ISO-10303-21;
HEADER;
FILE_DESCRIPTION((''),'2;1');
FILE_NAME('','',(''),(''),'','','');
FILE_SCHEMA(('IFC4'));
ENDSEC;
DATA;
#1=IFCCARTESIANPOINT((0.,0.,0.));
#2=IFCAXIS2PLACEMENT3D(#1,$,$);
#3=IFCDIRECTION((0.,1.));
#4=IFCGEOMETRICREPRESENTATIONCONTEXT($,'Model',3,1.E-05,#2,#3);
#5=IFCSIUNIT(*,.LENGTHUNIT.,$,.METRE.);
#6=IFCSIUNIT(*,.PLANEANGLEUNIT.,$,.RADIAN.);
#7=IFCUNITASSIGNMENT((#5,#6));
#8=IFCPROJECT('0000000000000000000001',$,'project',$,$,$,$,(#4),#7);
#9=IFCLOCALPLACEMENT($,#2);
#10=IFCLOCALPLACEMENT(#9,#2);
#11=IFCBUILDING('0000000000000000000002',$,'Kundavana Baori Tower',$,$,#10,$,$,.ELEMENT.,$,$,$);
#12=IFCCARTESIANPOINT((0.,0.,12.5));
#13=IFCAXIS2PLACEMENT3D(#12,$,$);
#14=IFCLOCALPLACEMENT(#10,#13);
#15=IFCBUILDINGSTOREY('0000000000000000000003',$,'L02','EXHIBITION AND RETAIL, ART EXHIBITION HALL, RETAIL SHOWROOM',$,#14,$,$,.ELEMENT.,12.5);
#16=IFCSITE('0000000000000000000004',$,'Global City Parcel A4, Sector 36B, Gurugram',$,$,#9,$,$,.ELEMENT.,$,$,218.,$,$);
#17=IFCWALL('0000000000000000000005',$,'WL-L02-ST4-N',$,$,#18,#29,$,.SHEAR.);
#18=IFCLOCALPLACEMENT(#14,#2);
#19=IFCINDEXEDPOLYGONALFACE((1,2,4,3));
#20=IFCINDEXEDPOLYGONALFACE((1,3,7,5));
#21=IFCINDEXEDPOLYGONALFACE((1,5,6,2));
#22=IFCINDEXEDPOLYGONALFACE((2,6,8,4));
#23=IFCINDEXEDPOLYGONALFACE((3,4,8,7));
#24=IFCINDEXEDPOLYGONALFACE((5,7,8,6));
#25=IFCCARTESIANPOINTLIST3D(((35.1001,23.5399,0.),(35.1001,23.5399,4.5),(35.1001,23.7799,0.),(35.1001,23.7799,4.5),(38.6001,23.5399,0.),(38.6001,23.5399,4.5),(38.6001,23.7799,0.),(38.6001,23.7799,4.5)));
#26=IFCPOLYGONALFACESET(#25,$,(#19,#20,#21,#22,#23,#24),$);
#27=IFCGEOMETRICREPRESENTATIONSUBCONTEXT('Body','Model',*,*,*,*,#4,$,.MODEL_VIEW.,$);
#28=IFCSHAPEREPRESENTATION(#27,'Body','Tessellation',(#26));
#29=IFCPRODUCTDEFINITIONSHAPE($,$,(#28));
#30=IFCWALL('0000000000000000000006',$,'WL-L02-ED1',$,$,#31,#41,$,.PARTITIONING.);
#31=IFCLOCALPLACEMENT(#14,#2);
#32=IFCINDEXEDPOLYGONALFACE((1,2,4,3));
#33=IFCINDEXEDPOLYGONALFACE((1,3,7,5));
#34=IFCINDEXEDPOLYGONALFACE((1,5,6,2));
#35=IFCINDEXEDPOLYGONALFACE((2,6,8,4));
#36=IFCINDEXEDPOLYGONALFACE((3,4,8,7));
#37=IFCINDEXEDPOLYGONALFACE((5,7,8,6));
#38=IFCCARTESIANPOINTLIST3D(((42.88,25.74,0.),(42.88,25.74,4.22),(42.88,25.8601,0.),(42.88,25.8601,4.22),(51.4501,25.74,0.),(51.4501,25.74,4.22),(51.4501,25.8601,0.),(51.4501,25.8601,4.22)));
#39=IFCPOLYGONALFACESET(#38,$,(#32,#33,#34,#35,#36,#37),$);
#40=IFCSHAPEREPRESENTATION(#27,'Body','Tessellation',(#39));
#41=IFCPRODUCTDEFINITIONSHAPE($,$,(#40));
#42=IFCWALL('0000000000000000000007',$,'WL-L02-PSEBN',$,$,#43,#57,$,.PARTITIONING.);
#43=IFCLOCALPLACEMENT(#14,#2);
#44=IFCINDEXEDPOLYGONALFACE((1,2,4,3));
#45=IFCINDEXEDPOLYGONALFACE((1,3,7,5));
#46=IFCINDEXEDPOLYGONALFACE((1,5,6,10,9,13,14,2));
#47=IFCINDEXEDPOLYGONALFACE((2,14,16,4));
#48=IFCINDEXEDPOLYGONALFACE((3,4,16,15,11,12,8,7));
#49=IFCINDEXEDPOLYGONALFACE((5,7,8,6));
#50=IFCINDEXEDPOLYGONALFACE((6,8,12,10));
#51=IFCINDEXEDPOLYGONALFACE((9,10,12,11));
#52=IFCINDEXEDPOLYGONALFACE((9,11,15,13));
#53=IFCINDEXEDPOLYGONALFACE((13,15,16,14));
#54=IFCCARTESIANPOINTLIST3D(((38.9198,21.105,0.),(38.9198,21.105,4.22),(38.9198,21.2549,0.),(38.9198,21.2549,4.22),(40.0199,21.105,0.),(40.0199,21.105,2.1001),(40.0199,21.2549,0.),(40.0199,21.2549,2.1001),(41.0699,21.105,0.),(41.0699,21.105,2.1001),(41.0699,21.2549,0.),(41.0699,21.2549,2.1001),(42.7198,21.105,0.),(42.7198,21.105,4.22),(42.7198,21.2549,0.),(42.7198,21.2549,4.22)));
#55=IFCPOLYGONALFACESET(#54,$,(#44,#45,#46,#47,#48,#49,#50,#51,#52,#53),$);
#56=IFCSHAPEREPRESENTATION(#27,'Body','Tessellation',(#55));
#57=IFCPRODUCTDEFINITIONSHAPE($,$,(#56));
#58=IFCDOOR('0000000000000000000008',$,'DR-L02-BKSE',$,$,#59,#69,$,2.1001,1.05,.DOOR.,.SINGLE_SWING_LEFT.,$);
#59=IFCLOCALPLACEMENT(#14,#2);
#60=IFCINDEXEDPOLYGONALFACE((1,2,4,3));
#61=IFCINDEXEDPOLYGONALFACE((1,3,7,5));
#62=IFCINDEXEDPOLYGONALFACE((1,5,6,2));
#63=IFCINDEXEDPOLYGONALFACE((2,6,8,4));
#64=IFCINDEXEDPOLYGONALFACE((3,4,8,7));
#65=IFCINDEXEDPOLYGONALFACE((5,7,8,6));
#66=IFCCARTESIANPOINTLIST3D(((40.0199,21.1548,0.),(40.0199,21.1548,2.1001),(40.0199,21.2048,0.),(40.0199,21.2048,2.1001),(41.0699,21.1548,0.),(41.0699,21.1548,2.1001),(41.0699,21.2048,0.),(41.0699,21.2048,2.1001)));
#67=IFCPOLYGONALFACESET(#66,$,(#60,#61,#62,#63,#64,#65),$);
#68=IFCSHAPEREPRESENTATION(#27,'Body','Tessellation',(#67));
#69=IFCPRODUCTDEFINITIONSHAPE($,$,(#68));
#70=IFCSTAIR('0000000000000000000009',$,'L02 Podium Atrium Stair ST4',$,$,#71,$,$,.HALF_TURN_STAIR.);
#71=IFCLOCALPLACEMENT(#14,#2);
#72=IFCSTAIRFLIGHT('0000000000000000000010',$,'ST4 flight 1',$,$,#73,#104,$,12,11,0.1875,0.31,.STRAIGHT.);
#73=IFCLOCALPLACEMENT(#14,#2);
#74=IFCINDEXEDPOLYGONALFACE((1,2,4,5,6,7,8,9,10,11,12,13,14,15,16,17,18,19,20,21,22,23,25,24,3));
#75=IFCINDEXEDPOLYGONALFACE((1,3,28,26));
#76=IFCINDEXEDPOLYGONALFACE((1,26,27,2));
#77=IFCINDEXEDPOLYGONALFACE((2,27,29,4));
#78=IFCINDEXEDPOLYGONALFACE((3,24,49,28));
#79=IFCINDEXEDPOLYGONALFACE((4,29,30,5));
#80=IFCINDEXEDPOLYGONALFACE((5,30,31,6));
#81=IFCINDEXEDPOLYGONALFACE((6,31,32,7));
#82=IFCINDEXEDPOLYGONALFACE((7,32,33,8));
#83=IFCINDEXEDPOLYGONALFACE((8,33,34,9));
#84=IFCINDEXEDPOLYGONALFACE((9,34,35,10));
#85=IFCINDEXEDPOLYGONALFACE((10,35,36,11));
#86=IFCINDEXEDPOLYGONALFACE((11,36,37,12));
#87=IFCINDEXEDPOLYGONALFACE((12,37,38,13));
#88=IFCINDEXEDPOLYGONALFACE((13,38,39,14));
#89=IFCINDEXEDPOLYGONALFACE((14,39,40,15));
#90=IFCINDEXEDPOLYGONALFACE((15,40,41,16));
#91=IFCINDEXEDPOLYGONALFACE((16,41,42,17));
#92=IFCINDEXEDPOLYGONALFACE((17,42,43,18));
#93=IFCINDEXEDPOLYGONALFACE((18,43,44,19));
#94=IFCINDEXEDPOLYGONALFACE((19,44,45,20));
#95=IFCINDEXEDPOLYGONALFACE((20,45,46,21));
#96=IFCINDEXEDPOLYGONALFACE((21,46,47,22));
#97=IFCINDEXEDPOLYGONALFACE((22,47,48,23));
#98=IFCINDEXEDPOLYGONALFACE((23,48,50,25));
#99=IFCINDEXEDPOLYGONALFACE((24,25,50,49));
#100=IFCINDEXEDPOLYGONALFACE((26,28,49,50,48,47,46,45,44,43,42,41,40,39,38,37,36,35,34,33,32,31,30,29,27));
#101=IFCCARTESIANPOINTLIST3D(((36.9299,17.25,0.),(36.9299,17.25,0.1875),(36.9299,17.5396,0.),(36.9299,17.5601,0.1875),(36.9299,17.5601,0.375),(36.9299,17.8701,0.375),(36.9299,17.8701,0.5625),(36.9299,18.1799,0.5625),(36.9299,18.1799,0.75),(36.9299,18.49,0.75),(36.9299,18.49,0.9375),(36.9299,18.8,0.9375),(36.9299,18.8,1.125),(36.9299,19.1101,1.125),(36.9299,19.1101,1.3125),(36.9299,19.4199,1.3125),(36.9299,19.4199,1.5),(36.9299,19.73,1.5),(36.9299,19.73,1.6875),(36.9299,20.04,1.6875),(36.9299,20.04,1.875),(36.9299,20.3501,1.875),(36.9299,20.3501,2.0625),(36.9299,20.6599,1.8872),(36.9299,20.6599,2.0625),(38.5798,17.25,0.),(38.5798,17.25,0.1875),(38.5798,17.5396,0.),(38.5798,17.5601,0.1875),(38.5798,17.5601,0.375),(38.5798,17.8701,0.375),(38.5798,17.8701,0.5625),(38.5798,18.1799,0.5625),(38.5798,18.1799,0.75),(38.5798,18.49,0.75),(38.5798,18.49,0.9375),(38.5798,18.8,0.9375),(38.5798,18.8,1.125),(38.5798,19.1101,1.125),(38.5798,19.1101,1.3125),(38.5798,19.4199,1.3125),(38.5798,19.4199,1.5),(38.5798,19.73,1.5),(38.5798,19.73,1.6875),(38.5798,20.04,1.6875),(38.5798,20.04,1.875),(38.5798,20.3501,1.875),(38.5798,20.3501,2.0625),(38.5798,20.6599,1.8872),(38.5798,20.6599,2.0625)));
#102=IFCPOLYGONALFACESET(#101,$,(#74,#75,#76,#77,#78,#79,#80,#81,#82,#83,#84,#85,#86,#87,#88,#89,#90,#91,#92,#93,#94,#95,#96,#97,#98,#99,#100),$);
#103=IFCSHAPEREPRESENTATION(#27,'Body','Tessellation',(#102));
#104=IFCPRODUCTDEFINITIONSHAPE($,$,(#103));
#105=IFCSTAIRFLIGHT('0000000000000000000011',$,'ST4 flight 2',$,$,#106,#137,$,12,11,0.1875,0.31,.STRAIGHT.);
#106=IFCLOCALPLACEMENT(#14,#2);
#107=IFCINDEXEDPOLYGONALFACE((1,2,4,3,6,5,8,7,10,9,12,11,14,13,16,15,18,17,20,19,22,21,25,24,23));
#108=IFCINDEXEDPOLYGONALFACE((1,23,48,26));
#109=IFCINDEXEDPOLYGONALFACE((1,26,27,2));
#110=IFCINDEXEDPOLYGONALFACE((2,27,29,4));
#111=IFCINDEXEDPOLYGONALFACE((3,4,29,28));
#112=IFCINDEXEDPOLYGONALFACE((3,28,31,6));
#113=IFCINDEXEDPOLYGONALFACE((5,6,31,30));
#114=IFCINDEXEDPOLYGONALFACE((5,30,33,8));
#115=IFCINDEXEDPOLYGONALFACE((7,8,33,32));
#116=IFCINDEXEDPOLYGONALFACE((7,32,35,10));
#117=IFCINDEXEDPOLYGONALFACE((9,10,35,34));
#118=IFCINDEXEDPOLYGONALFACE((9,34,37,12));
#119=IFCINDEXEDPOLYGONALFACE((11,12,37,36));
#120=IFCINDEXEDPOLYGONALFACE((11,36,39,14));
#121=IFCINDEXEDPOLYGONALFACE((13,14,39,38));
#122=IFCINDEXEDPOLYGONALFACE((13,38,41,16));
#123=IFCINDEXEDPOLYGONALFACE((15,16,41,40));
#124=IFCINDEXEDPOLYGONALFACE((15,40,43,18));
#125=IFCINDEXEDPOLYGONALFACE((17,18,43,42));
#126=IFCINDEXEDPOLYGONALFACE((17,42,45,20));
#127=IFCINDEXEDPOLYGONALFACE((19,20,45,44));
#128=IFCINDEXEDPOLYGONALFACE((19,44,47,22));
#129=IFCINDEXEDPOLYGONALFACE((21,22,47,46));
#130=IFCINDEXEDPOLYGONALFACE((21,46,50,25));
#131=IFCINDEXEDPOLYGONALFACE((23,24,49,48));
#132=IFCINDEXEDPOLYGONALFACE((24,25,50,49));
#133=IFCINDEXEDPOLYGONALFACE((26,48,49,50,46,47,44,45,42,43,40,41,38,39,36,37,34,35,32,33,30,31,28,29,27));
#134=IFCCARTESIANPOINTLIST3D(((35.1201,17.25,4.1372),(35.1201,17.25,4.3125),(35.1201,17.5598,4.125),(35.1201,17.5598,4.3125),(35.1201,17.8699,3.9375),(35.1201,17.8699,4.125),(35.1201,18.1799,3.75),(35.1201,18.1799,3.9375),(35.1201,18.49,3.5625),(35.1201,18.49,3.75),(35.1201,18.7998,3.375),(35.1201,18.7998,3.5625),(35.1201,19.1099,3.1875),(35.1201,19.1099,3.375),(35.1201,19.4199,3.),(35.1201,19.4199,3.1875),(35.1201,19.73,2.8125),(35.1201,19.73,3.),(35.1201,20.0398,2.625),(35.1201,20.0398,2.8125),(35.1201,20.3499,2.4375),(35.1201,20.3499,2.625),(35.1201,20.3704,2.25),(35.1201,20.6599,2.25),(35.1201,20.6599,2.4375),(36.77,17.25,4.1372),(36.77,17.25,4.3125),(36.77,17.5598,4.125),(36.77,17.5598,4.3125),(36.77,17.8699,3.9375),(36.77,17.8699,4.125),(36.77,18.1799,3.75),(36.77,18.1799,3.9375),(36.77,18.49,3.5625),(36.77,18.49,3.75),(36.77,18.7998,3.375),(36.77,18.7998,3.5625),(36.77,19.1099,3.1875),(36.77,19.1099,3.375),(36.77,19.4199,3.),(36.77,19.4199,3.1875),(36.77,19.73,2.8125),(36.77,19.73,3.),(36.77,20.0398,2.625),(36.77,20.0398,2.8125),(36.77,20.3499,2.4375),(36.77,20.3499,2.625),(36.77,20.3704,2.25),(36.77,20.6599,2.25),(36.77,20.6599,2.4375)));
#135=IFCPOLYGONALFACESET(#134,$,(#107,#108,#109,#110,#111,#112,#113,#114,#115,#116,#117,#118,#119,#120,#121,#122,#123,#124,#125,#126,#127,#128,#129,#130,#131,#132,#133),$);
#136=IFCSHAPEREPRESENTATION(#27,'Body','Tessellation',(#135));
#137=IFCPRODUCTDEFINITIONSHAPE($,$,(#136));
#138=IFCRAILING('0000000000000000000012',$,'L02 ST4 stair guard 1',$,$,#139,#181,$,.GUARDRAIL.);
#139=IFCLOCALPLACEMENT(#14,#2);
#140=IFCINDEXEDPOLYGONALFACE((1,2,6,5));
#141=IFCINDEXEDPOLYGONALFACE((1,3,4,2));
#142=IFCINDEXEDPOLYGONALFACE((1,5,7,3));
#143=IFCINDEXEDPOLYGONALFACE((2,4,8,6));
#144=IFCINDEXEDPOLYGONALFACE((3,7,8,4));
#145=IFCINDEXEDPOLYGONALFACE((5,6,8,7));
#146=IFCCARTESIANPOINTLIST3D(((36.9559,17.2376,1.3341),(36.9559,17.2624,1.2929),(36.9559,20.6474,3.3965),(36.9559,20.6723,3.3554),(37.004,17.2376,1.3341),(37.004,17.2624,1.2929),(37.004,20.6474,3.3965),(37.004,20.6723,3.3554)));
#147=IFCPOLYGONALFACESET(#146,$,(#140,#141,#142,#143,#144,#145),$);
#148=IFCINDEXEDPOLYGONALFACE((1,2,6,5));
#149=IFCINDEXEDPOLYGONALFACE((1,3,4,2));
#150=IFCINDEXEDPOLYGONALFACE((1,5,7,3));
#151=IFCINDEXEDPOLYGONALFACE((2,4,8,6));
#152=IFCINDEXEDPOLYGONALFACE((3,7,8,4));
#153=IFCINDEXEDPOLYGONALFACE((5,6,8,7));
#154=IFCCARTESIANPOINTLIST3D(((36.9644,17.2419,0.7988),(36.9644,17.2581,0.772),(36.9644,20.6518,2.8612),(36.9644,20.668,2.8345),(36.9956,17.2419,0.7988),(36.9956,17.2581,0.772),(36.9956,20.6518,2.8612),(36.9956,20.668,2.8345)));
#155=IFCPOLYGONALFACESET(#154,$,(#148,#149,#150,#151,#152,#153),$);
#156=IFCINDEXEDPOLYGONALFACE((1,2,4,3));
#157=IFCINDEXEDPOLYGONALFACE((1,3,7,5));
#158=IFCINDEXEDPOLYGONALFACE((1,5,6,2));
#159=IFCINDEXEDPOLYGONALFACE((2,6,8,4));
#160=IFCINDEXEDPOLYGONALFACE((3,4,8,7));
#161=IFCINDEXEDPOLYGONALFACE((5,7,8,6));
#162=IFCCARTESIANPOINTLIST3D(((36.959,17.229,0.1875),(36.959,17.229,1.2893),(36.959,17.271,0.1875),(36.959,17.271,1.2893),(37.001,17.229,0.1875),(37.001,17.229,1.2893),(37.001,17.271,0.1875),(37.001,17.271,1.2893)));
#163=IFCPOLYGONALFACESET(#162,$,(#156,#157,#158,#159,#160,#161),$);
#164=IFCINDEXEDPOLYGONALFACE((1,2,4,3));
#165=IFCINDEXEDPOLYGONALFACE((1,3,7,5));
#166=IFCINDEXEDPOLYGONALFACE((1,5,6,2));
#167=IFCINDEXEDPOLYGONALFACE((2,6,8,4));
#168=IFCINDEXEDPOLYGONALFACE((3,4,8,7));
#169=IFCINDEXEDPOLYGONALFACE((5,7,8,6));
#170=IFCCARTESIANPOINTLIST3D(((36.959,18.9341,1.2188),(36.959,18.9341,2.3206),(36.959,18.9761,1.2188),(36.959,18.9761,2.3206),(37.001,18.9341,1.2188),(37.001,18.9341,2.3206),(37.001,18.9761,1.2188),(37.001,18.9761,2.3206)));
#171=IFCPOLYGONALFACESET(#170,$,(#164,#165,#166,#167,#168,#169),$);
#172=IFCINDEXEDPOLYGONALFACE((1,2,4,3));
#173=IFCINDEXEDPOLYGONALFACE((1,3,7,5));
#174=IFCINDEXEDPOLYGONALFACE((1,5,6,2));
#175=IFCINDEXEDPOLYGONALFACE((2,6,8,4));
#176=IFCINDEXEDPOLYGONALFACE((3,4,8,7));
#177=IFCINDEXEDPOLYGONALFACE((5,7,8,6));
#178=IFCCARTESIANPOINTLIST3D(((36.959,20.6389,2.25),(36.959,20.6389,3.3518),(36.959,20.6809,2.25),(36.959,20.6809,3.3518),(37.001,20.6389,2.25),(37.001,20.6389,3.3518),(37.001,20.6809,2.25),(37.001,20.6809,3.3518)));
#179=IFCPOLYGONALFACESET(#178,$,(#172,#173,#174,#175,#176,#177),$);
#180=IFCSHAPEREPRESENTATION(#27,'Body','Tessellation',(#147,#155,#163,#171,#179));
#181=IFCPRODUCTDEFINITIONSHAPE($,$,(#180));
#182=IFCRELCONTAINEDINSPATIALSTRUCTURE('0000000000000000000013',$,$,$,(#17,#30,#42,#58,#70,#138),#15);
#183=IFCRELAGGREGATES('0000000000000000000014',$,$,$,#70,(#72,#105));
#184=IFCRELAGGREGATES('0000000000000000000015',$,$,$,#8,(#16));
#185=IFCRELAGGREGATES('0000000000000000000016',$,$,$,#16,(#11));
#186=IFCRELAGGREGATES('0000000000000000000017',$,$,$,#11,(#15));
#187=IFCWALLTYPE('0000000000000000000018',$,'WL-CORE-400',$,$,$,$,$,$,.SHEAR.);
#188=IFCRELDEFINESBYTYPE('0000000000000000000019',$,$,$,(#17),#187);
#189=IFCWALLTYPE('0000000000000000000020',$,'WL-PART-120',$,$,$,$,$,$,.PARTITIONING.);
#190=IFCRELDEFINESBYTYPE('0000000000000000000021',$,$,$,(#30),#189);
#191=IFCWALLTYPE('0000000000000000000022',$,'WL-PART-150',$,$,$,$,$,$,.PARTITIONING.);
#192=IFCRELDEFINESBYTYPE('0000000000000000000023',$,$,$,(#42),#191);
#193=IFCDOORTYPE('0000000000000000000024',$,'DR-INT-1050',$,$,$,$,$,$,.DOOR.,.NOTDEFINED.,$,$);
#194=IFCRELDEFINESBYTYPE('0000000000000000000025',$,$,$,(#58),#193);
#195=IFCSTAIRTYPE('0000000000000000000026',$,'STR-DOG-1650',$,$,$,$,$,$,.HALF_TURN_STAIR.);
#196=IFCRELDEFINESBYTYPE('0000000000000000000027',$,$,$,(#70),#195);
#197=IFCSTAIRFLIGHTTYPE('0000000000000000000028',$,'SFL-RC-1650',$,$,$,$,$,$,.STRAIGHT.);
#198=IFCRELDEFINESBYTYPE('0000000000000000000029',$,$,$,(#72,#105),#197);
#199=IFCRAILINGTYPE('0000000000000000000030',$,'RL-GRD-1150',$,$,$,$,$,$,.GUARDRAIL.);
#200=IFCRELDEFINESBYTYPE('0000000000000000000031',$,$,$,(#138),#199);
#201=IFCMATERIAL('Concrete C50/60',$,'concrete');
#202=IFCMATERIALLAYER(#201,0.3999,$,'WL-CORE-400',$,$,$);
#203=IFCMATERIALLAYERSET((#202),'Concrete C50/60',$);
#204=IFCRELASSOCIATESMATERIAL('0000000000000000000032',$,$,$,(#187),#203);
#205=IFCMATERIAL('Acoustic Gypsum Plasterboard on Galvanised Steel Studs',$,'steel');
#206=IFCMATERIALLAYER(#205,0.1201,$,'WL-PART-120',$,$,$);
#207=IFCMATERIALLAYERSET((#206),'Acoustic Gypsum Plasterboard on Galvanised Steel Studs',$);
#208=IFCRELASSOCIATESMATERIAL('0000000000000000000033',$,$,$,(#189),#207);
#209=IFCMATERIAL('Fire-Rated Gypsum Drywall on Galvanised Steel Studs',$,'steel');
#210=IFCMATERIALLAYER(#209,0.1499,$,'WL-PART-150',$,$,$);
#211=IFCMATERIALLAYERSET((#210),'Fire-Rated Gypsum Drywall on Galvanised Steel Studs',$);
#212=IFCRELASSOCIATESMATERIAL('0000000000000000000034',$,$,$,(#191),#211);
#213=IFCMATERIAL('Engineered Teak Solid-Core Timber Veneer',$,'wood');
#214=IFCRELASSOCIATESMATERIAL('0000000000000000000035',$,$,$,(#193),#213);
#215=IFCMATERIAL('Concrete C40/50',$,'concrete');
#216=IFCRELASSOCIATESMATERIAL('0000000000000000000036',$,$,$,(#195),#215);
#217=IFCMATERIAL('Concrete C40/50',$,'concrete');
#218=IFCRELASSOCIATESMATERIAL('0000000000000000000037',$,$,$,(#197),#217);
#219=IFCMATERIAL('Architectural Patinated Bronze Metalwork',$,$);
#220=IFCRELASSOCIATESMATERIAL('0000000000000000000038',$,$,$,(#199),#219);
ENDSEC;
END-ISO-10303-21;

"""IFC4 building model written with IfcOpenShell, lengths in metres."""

from ifc_helpers import new_model, si_unit, direction, frame, frame_2d, origin, origin_2d, place, context, subcontext, project, spatial, polyline, rectangle, outline, extrude, material, layer, layer_set, type_object, element, fill, aggregate, save


model = new_model("IFC4")

# Units and contexts
model_context = context("Model", 3, precision=1e-05, world=origin(), true_north=direction((0.0, 1.0)))
body_context = subcontext(model_context, "Body", "Model", "MODEL_VIEW")
ifc_project = project(units=[si_unit("LENGTHUNIT", "METRE"), si_unit("PLANEANGLEUNIT", "RADIAN")], contexts=[model_context])

# Site, building, storey
site_placement = place(None, origin())
site = spatial("IfcSite", under=ifc_project, at=site_placement, Name="Global City Parcel A4, Sector 36B, Gurugram", CompositionType="ELEMENT", RefElevation=218.0)
building_placement = place(site_placement, origin())
building = spatial("IfcBuilding", under=site, at=building_placement, Name="Kundavana Baori Tower", CompositionType="ELEMENT")
storey_placement = place(building_placement, frame((0.0, 0.0, 12.5)))
storey = spatial("IfcBuildingStorey", under=building, at=storey_placement, Name="L02", Description="EXHIBITION AND RETAIL, ART EXHIBITION HALL, RETAIL SHOWROOM", CompositionType="ELEMENT", Elevation=12.5)

# Walls
ifc_material_1 = material(Name="Concrete C50/60", Category="concrete")
ifc_layer_1 = layer(ifc_material_1, 0.3999, Name="WL-CORE-400")
ifc_layer_set_1 = layer_set([ifc_layer_1], Name="Concrete C50/60")
wall_type_1 = type_object("IfcWallType", Name="WL-CORE-400", PredefinedType="SHEAR", material=ifc_layer_set_1)
wall_1_placement = place(storey_placement, frame((35.1001, 23.6599, 0.0), z_axis=(0.0, 0.0, 1.0), x_axis=(1.0, 0.0, 0.0)))
element("IfcWall", 1, at=wall_1_placement, inside=storey, type_object=wall_type_1, Name="WL-L02-ST4-N", PredefinedType="SHEAR", context=body_context, shape_type="SweptSolid", body=[
    extrude(rectangle(XDim=3.5, YDim=0.24, at=frame_2d((1.75, 0.0))), origin(), (0.0, 0.0, 1.0), 4.5),
])
ifc_material_2 = material(Name="Acoustic Gypsum Plasterboard on Galvanised Steel Studs", Category="steel")
ifc_layer_2 = layer(ifc_material_2, 0.1201, Name="WL-PART-120")
ifc_layer_set_2 = layer_set([ifc_layer_2], Name="Acoustic Gypsum Plasterboard on Galvanised Steel Studs")
wall_type_2 = type_object("IfcWallType", Name="WL-PART-120", PredefinedType="PARTITIONING", material=ifc_layer_set_2)
wall_2_placement = place(storey_placement, frame((42.8799, 25.8, 0.0), z_axis=(0.0, 0.0, 1.0), x_axis=(1.0, 0.0, 0.0)))
element("IfcWall", 2, at=wall_2_placement, inside=storey, type_object=wall_type_2, Name="WL-L02-ED1", PredefinedType="PARTITIONING", context=body_context, shape_type="SweptSolid", body=[
    extrude(rectangle(XDim=8.5701, YDim=0.1201, at=frame_2d((4.2852, 0.0))), origin(), (0.0, 0.0, 1.0), 4.22),
])

# Wall, opening, door
ifc_material_3 = material(Name="Fire-Rated Gypsum Drywall on Galvanised Steel Studs", Category="steel")
ifc_layer_3 = layer(ifc_material_3, 0.1499, Name="WL-PART-150")
ifc_layer_set_3 = layer_set([ifc_layer_3], Name="Fire-Rated Gypsum Drywall on Galvanised Steel Studs")
wall_type_3 = type_object("IfcWallType", Name="WL-PART-150", PredefinedType="PARTITIONING", material=ifc_layer_set_3)
wall_3_placement = place(storey_placement, frame((38.9199, 21.1799, 0.0), z_axis=(0.0, 0.0, 1.0), x_axis=(1.0, 0.0, 0.0)))
wall_3 = element("IfcWall", 3, at=wall_3_placement, inside=storey, type_object=wall_type_3, Name="WL-L02-PSEBN", PredefinedType="PARTITIONING", context=body_context, shape_type="SweptSolid", body=[
    extrude(rectangle(XDim=3.8, YDim=0.1499, at=frame_2d((1.8999, 0.0))), origin(), (0.0, 0.0, 1.0), 4.22),
])
opening_placement = place(wall_3_placement, frame((1.1001, 0.0, 0.0)))
opening = element("IfcOpeningElement", 4, at=opening_placement, cuts=wall_3, PredefinedType="OPENING", context=body_context, shape_type="SweptSolid", body=[
    extrude(rectangle(XDim=1.05, YDim=2.1001, at=frame_2d((0.5249, 1.05))), frame((0.0, 0.085, 0.0), z_axis=(0.0, -1.0, 0.0), x_axis=(1.0, 0.0, 0.0)), (0.0, 0.0, 1.0), 0.1699),
])
ifc_material_4 = material(Name="Engineered Teak Solid-Core Timber Veneer", Category="wood")
door_type = type_object("IfcDoorType", Name="DR-INT-1050", OperationType="NOTDEFINED", PredefinedType="DOOR", material=ifc_material_4)
door_placement = place(opening_placement, origin())
door = element("IfcDoor", 5, at=door_placement, inside=storey, type_object=door_type, Name="DR-L02-BKSE", OperationType="SINGLE_SWING_LEFT", OverallHeight=2.1001, OverallWidth=1.05, PredefinedType="DOOR", context=body_context, shape_type="SweptSolid", body=[
    extrude(rectangle(XDim=1.05, YDim=2.1001, at=frame_2d((0.5249, 1.05))), frame((0.0, 0.0249, 0.0), z_axis=(0.0, -1.0, 0.0), x_axis=(1.0, 0.0, 0.0)), (0.0, 0.0, 1.0), 0.05),
])
fill(opening, door)

# Stair, stair flights
ifc_material_5 = material(Name="Concrete C40/50", Category="concrete")
stair_type = type_object("IfcStairType", Name="STR-DOG-1650", PredefinedType="HALF_TURN_STAIR", material=ifc_material_5)
stair_placement = place(storey_placement, origin())
stair = element("IfcStair", 6, at=stair_placement, inside=storey, type_object=stair_type, Name="L02 Podium Atrium Stair ST4", PredefinedType="HALF_TURN_STAIR")
ifc_material_6 = material(Name="Concrete C40/50", Category="concrete")
stair_flight_type = type_object("IfcStairFlightType", Name="SFL-RC-1650", PredefinedType="STRAIGHT", material=ifc_material_6)
stair_flight_1_placement = place(storey_placement, frame((37.7549, 17.25, 0.0), z_axis=(0.0, 0.0, 1.0), x_axis=(0.0, 1.0, 0.0)))
stair_flight_1 = element("IfcStairFlight", 7, at=stair_flight_1_placement, type_object=stair_flight_type, Name="ST4 flight 1", NumberOfRisers=12, NumberOfTreads=11, PredefinedType="STRAIGHT", RiserHeight=0.1875, TreadLength=0.31, context=body_context, shape_type="SweptSolid", body=[
    extrude(outline(polyline([(0.0, 0.0), (0.0, 0.1875), (0.3101, 0.1875), (0.3101, 0.375), (0.6201, 0.375), (0.6201, 0.5625), (0.9299, 0.5625), (0.9299, 0.75), (1.24, 0.75), (1.24, 0.9375), (1.55, 0.9375), (1.55, 1.125), (1.8601, 1.125), (1.8601, 1.3125), (2.1699, 1.3125), (2.1699, 1.5), (2.48, 1.5), (2.48, 1.6875), (2.79, 1.6875), (2.79, 1.875), (3.1001, 1.875), (3.1001, 2.0625), (3.4099, 2.0625), (3.4099, 2.25), (3.4099, 1.8872), (0.2896, 0.0), (0.0, 0.0)])), frame((0.0, 0.825, 0.0), z_axis=(0.0, -1.0, 0.0), x_axis=(1.0, 0.0, 0.0)), (0.0, 0.0, 1.0), 1.6499),
])
stair_flight_2_placement = place(storey_placement, frame((35.9451, 20.6599, 2.25), z_axis=(0.0, 0.0, 1.0), x_axis=(0.0, -1.0, 0.0)))
stair_flight_2 = element("IfcStairFlight", 8, at=stair_flight_2_placement, type_object=stair_flight_type, Name="ST4 flight 2", NumberOfRisers=12, NumberOfTreads=11, PredefinedType="STRAIGHT", RiserHeight=0.1875, TreadLength=0.31, context=body_context, shape_type="SweptSolid", body=[
    extrude(outline(polyline([(0.0, 0.0), (0.0, 0.1875), (0.3101, 0.1875), (0.3101, 0.375), (0.6201, 0.375), (0.6201, 0.5625), (0.9299, 0.5625), (0.9299, 0.75), (1.24, 0.75), (1.24, 0.9375), (1.55, 0.9375), (1.55, 1.125), (1.8601, 1.125), (1.8601, 1.3125), (2.1699, 1.3125), (2.1699, 1.5), (2.48, 1.5), (2.48, 1.6875), (2.79, 1.6875), (2.79, 1.875), (3.1001, 1.875), (3.1001, 2.0625), (3.4099, 2.0625), (3.4099, 2.25), (3.4099, 1.8872), (0.2896, 0.0), (0.0, 0.0)])), frame((0.0, 0.825, 0.0), z_axis=(0.0, -1.0, 0.0), x_axis=(1.0, 0.0, 0.0)), (0.0, 0.0, 1.0), 1.6499),
])
aggregate(stair, [stair_flight_1, stair_flight_2])

# Railing
ifc_material_7 = material(Name="Architectural Patinated Bronze Metalwork")
railing_type_1 = type_object("IfcRailingType", Name="RL-GRD-1150", PredefinedType="GUARDRAIL", material=ifc_material_7)
railing_1_placement = place(storey_placement, frame((36.98, 17.25, 0.1875)))
element("IfcRailing", 9, at=railing_1_placement, inside=storey, type_object=railing_type_1, Name="L02 ST4 stair guard 1", PredefinedType="GUARDRAIL", context=body_context, shape_type="SweptSolid", body=[
    extrude(rectangle(XDim=0.0481, YDim=0.0481, at=origin_2d()), frame((0.0, 0.0, 1.126), z_axis=(0.0, 0.855655, 0.517547), x_axis=(-1.0, 0.0, 0.0)), (0.0, 0.0, 1.0), 3.9851),
    extrude(rectangle(XDim=0.0312, YDim=0.0312, at=origin_2d()), frame((0.0, 0.0, 0.5979), z_axis=(0.0, 0.855655, 0.517547), x_axis=(-1.0, 0.0, 0.0)), (0.0, 0.0, 1.0), 3.9851),
    extrude(rectangle(XDim=0.042, YDim=0.042, at=origin_2d()), origin(), (0.0, 0.0, 1.0), 1.1018),
    extrude(rectangle(XDim=0.042, YDim=0.042, at=origin_2d()), frame((0.0, 1.7051, 1.0312)), (0.0, 0.0, 1.0), 1.1018),
    extrude(rectangle(XDim=0.042, YDim=0.042, at=origin_2d()), frame((0.0, 3.4099, 2.0625)), (0.0, 0.0, 1.0), 1.1018),
])

save(model, "model.ifc")
